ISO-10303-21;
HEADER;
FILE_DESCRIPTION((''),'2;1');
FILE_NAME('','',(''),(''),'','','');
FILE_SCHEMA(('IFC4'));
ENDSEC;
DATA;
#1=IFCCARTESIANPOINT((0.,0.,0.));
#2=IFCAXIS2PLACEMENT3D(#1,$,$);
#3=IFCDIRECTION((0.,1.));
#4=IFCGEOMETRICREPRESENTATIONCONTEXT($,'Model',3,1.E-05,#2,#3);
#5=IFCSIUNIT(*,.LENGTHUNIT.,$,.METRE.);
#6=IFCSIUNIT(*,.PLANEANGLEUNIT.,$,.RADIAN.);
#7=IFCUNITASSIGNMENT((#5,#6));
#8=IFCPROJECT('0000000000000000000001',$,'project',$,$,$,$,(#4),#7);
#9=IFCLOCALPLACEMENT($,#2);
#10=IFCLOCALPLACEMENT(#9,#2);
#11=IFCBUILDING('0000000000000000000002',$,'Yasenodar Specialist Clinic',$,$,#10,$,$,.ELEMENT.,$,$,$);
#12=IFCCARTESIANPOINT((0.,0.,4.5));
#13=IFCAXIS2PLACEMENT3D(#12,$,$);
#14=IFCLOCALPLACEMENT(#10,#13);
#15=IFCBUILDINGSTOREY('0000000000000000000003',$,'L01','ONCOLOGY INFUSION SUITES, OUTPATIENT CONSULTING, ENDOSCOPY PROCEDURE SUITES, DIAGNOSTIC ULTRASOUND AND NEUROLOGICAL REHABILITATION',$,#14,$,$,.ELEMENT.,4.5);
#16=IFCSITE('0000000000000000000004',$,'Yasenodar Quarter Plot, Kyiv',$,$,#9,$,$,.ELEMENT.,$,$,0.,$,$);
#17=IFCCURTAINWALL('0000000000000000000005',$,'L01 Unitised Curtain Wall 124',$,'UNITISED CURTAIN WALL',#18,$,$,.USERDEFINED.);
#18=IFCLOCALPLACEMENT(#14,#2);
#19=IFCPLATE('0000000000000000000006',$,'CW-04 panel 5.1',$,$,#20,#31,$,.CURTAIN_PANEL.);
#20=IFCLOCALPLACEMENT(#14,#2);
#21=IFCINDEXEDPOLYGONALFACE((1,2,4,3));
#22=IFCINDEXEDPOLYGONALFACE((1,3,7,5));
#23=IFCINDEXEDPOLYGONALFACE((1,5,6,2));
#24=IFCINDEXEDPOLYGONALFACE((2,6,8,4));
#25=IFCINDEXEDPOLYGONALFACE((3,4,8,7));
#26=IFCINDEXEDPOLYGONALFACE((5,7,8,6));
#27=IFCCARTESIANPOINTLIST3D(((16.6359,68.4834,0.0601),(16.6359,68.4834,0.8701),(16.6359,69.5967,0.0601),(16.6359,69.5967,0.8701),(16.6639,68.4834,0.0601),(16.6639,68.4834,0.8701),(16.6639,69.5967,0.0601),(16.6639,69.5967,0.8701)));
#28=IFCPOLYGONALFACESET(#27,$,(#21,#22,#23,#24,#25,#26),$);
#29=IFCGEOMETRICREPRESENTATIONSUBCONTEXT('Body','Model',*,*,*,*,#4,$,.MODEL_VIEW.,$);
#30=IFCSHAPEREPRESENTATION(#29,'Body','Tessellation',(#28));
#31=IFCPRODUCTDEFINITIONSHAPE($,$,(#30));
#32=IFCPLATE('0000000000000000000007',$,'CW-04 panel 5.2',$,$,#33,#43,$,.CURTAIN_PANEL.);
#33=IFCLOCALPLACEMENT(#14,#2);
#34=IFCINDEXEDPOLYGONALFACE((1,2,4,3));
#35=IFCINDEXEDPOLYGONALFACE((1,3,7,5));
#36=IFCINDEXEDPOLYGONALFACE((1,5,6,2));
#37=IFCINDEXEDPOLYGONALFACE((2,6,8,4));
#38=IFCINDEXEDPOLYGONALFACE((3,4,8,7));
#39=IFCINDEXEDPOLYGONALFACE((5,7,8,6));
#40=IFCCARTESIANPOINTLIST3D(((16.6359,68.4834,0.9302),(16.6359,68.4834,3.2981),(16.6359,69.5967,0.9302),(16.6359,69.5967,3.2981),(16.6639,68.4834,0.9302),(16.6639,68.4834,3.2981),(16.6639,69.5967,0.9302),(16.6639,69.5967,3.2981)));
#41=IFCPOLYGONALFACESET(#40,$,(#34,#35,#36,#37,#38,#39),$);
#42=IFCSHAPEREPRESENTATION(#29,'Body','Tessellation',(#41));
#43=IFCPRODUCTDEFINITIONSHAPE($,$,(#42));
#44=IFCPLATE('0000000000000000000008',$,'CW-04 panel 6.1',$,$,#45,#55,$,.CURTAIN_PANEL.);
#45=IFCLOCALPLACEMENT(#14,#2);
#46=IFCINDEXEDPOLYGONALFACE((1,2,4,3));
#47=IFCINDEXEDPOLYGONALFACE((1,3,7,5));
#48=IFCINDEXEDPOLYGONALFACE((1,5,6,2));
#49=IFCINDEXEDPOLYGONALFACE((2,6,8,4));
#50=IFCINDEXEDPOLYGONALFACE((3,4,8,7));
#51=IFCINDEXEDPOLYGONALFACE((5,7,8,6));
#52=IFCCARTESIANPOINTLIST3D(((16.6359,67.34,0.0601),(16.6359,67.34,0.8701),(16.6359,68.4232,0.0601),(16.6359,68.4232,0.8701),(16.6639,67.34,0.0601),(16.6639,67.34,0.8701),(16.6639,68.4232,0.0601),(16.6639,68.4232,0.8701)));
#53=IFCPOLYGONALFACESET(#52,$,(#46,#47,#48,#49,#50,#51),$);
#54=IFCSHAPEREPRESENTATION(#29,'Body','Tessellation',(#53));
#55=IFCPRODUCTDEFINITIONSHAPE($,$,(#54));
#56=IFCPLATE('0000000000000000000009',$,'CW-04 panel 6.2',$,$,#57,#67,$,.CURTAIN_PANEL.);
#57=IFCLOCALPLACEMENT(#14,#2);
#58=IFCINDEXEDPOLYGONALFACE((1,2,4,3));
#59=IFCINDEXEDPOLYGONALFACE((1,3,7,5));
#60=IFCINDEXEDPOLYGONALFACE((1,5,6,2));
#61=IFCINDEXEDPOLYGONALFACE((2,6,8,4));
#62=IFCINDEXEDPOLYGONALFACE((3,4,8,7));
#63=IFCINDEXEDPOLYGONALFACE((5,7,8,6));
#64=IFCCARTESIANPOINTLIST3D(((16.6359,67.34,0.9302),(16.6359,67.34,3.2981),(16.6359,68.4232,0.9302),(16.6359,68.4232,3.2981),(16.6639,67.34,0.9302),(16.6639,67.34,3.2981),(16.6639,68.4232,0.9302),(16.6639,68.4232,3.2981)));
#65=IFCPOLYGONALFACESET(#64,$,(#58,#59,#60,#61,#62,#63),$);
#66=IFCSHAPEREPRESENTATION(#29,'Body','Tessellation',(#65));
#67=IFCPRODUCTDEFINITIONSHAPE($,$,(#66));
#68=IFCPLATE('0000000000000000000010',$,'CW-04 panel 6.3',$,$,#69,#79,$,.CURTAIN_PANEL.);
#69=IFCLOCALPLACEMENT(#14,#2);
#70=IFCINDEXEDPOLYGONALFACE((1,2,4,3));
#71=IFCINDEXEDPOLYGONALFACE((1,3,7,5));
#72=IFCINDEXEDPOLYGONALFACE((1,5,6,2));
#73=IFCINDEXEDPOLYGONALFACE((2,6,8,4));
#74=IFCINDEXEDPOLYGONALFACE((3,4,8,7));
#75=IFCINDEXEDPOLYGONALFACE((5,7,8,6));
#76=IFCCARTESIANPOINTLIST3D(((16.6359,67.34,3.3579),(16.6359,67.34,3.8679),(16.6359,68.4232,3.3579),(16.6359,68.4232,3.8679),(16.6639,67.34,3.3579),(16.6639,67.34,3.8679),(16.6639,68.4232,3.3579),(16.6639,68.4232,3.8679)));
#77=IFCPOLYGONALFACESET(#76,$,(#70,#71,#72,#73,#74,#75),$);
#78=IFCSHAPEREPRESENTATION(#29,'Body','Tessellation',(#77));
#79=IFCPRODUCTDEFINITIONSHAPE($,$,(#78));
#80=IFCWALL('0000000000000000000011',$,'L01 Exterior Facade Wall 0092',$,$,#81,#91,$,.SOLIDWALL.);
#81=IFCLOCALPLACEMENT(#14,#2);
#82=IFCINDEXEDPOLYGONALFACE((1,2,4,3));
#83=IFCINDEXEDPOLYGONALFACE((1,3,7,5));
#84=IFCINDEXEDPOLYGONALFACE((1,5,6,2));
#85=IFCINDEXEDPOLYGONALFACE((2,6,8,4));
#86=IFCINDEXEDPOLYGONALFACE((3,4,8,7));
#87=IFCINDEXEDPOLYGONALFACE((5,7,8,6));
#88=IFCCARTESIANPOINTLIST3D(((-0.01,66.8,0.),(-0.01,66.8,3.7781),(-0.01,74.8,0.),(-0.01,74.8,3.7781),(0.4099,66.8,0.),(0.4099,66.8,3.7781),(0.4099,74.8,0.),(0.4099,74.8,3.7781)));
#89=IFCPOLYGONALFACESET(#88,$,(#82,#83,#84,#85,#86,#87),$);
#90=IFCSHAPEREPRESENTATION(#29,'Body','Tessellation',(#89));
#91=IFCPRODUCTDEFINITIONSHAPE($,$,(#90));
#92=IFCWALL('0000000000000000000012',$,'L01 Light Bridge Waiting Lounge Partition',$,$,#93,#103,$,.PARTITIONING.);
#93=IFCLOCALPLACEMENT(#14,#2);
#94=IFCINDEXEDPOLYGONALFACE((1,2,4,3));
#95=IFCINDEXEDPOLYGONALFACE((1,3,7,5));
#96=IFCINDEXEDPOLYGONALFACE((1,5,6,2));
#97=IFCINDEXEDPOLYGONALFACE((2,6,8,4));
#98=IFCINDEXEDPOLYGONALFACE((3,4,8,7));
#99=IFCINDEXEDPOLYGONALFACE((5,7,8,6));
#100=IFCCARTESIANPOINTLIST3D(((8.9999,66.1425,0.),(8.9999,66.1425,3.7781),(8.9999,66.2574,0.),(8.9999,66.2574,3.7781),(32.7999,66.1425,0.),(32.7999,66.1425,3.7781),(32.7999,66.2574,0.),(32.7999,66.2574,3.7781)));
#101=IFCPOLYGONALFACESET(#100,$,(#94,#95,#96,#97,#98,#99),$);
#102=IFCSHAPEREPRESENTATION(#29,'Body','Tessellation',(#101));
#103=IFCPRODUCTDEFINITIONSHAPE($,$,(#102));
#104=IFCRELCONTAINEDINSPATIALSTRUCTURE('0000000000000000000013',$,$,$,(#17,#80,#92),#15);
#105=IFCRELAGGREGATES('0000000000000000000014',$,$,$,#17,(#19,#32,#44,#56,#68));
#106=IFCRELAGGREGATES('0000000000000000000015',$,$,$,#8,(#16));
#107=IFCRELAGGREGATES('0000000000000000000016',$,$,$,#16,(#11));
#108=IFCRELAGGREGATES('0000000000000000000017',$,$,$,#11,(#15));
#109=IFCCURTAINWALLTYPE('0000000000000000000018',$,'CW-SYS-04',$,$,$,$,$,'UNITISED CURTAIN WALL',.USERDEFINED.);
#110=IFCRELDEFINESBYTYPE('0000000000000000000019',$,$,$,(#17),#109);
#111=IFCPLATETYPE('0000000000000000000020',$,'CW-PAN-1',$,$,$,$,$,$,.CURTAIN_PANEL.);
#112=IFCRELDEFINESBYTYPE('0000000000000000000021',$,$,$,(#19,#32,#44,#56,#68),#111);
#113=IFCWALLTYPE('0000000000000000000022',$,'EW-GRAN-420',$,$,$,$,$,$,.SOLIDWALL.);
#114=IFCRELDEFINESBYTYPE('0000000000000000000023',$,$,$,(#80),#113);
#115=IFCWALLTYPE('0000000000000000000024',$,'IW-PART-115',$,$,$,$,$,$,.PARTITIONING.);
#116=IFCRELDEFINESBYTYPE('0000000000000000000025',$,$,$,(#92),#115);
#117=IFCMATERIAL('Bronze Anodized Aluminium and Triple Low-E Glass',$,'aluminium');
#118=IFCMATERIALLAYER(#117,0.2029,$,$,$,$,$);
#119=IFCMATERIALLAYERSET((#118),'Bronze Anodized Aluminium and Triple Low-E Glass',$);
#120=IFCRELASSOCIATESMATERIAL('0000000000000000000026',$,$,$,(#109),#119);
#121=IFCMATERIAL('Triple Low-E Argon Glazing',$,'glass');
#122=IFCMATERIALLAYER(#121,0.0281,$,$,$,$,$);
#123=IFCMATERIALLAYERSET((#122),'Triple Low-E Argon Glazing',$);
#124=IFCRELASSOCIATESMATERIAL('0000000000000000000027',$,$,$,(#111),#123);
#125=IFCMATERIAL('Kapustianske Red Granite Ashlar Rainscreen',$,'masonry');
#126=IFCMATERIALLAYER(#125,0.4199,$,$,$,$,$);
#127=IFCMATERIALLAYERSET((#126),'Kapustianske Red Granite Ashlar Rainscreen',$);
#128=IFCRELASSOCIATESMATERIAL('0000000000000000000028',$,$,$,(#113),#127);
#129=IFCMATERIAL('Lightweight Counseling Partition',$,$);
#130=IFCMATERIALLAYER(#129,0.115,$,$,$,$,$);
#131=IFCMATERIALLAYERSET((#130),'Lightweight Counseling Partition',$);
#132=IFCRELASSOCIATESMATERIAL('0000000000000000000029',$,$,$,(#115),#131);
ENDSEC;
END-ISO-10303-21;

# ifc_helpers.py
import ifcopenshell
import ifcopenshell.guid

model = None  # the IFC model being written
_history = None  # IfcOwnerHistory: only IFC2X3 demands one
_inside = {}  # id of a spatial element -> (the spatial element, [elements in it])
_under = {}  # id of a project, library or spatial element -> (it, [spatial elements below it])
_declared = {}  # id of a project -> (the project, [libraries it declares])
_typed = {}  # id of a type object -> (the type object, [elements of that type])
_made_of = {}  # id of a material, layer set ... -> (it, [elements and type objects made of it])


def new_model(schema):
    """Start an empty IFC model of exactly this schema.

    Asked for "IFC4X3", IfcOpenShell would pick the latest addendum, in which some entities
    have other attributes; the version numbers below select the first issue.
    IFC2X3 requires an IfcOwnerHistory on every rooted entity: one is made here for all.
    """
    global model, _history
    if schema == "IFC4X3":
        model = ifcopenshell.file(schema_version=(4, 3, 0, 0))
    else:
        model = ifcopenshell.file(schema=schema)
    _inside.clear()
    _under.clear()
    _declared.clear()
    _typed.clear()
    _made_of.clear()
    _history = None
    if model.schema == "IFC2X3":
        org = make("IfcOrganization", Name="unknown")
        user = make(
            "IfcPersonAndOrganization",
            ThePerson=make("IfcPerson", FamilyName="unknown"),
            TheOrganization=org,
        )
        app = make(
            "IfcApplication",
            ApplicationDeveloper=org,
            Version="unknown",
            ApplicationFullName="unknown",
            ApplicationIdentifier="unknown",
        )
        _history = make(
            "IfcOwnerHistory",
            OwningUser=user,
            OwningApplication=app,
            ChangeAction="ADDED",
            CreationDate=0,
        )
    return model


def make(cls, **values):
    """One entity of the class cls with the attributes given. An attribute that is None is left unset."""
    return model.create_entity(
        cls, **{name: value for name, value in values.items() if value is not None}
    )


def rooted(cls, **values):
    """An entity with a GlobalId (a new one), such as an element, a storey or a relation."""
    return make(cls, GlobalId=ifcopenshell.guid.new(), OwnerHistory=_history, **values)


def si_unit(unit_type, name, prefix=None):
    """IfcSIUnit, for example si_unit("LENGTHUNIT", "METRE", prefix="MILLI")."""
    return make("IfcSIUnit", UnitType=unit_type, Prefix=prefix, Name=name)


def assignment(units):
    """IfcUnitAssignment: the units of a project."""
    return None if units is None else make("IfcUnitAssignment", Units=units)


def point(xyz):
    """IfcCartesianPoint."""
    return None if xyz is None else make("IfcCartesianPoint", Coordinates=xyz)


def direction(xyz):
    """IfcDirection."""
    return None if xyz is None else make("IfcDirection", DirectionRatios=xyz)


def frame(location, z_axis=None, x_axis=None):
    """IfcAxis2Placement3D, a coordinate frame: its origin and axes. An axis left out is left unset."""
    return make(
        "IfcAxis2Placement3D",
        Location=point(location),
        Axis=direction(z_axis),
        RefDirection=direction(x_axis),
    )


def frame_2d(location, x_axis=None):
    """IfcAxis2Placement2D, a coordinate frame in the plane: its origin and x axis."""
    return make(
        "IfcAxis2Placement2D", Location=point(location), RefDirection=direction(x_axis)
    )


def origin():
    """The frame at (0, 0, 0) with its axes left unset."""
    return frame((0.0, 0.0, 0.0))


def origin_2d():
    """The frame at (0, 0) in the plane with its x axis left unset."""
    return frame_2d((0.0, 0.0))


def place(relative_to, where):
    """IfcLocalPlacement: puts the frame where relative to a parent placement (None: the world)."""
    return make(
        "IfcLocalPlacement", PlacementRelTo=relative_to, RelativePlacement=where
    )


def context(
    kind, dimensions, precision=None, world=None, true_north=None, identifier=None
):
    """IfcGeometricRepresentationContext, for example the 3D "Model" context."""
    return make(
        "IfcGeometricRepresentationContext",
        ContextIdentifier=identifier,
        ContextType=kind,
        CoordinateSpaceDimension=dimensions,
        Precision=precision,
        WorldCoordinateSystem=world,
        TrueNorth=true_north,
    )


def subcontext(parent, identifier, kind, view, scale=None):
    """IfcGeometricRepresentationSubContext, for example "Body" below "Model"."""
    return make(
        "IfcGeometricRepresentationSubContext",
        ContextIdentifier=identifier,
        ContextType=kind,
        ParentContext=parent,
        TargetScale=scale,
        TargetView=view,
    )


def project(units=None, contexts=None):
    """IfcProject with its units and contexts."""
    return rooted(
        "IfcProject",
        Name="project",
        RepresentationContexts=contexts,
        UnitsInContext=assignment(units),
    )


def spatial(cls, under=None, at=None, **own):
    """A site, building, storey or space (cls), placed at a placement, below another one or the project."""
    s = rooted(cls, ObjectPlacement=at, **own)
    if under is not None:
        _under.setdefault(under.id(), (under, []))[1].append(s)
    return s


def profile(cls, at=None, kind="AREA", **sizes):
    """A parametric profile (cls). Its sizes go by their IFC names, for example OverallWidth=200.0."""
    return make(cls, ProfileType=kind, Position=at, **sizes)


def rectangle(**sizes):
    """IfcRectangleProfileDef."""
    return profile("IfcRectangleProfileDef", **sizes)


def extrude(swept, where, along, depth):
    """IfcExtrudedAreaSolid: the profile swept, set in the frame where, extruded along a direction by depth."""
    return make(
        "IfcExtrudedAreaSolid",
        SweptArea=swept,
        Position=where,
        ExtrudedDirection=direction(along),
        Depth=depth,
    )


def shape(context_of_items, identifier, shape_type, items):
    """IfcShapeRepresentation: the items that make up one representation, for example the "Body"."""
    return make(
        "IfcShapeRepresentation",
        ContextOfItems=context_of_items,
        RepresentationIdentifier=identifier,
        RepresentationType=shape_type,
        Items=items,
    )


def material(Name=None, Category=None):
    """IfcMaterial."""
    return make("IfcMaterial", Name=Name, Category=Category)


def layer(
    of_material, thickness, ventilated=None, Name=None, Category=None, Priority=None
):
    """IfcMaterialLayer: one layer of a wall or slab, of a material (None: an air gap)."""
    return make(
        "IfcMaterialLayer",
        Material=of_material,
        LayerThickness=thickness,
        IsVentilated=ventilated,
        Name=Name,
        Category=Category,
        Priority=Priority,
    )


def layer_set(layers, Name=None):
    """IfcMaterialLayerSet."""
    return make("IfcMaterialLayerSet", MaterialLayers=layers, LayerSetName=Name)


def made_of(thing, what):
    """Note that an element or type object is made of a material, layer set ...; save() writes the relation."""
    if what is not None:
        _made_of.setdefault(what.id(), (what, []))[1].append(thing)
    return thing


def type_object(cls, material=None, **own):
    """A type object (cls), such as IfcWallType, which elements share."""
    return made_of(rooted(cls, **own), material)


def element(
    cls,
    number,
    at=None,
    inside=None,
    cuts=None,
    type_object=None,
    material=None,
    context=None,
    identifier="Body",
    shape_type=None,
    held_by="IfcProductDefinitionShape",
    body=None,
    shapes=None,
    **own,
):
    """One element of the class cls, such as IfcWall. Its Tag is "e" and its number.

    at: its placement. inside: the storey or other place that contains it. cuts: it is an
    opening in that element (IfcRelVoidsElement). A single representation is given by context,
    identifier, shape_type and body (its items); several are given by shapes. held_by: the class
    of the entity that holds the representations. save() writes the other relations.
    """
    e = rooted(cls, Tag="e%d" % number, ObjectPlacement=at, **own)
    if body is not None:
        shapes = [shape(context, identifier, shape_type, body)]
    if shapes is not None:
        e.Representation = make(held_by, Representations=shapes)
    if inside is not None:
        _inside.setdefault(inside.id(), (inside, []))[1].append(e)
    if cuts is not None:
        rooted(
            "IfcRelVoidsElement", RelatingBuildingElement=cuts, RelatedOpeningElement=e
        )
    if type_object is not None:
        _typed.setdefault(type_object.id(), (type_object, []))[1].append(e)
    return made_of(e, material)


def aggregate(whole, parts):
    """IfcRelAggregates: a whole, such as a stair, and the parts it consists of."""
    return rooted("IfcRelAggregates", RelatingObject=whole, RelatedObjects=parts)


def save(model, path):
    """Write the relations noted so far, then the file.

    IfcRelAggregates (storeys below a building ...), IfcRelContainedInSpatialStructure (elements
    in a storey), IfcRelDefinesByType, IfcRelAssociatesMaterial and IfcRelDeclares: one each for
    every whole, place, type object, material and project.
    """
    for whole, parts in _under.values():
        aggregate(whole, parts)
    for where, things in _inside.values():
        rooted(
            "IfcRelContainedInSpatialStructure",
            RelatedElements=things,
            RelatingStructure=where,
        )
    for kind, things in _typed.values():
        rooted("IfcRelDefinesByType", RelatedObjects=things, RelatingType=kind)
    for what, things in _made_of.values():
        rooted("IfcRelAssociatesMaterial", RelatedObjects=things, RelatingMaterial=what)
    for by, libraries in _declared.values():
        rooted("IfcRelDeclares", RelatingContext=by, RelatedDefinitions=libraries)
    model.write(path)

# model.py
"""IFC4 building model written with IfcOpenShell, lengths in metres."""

from ifc_helpers import new_model, si_unit, direction, frame, frame_2d, origin, origin_2d, place, context, subcontext, project, spatial, rectangle, extrude, material, layer, layer_set, type_object, element, aggregate, save


model = new_model("IFC4")

# Units and contexts
model_context = context("Model", 3, precision=1e-05, world=origin(), true_north=direction((0.0, 1.0)))
body_context = subcontext(model_context, "Body", "Model", "MODEL_VIEW")
ifc_project = project(units=[si_unit("LENGTHUNIT", "METRE"), si_unit("PLANEANGLEUNIT", "RADIAN")], contexts=[model_context])

# Site, building, storey
site_placement = place(None, origin())
site = spatial("IfcSite", under=ifc_project, at=site_placement, Name="Yasenodar Quarter Plot, Kyiv", CompositionType="ELEMENT", RefElevation=0.0)
building_placement = place(site_placement, origin())
building = spatial("IfcBuilding", under=site, at=building_placement, Name="Yasenodar Specialist Clinic", CompositionType="ELEMENT")
storey_placement = place(building_placement, frame((0.0, 0.0, 4.5)))
storey = spatial("IfcBuildingStorey", under=building, at=storey_placement, Name="L01", Description="ONCOLOGY INFUSION SUITES, OUTPATIENT CONSULTING, ENDOSCOPY PROCEDURE SUITES, DIAGNOSTIC ULTRASOUND AND NEUROLOGICAL REHABILITATION", CompositionType="ELEMENT", Elevation=4.5)

# Curtain wall
ifc_material_1 = material(Name="Bronze Anodized Aluminium and Triple Low-E Glass", Category="aluminium")
ifc_layer_1 = layer(ifc_material_1, 0.2029)
ifc_layer_set_1 = layer_set([ifc_layer_1], Name="Bronze Anodized Aluminium and Triple Low-E Glass")
curtain_wall_type_1 = type_object("IfcCurtainWallType", Name="CW-SYS-04", ElementType="UNITISED CURTAIN WALL", PredefinedType="USERDEFINED", material=ifc_layer_set_1)
curtain_wall_1_placement = place(storey_placement, origin())
curtain_wall_1 = element("IfcCurtainWall", 1, at=curtain_wall_1_placement, inside=storey, type_object=curtain_wall_type_1, Name="L01 Unitised Curtain Wall 124", ObjectType="UNITISED CURTAIN WALL", PredefinedType="USERDEFINED")

# Plates
ifc_material_2 = material(Name="Triple Low-E Argon Glazing", Category="glass")
ifc_layer_2 = layer(ifc_material_2, 0.0281)
ifc_layer_set_2 = layer_set([ifc_layer_2], Name="Triple Low-E Argon Glazing")
plate_type = type_object("IfcPlateType", Name="CW-PAN-1", PredefinedType="CURTAIN_PANEL", material=ifc_layer_set_2)
plate_1_placement = place(storey_placement, frame((16.6499, 69.04, 0.0601), z_axis=(0.0, 0.0, 1.0), x_axis=(0.0, -1.0, 0.0)))
plate_1 = element("IfcPlate", 2, at=plate_1_placement, type_object=plate_type, Name="CW-04 panel 5.1", PredefinedType="CURTAIN_PANEL", context=body_context, shape_type="SweptSolid", body=[
    extrude(rectangle(XDim=1.1133, YDim=0.0281, at=origin_2d()), origin(), (0.0, 0.0, 1.0), 0.8101),
])
plate_2_placement = place(storey_placement, frame((16.6499, 69.04, 0.9302), z_axis=(0.0, 0.0, 1.0), x_axis=(0.0, -1.0, 0.0)))
plate_2 = element("IfcPlate", 3, at=plate_2_placement, type_object=plate_type, Name="CW-04 panel 5.2", PredefinedType="CURTAIN_PANEL", context=body_context, shape_type="SweptSolid", body=[
    extrude(rectangle(XDim=1.1133, YDim=0.0281, at=origin_2d()), origin(), (0.0, 0.0, 1.0), 2.3679),
])
plate_3_placement = place(storey_placement, frame((16.6499, 67.8816, 0.0601), z_axis=(0.0, 0.0, 1.0), x_axis=(0.0, -1.0, 0.0)))
plate_3 = element("IfcPlate", 4, at=plate_3_placement, type_object=plate_type, Name="CW-04 panel 6.1", PredefinedType="CURTAIN_PANEL", context=body_context, shape_type="SweptSolid", body=[
    extrude(rectangle(XDim=1.0833, YDim=0.0281, at=origin_2d()), origin(), (0.0, 0.0, 1.0), 0.8101),
])
plate_4_placement = place(storey_placement, frame((16.6499, 67.8816, 0.9302), z_axis=(0.0, 0.0, 1.0), x_axis=(0.0, -1.0, 0.0)))
plate_4 = element("IfcPlate", 5, at=plate_4_placement, type_object=plate_type, Name="CW-04 panel 6.2", PredefinedType="CURTAIN_PANEL", context=body_context, shape_type="SweptSolid", body=[
    extrude(rectangle(XDim=1.0833, YDim=0.0281, at=origin_2d()), origin(), (0.0, 0.0, 1.0), 2.3679),
])
plate_5_placement = place(storey_placement, frame((16.6499, 67.8816, 3.3579), z_axis=(0.0, 0.0, 1.0), x_axis=(0.0, -1.0, 0.0)))
plate_5 = element("IfcPlate", 6, at=plate_5_placement, type_object=plate_type, Name="CW-04 panel 6.3", PredefinedType="CURTAIN_PANEL", context=body_context, shape_type="SweptSolid", body=[
    extrude(rectangle(XDim=1.0833, YDim=0.0281, at=origin_2d()), origin(), (0.0, 0.0, 1.0), 0.51),
])
aggregate(curtain_wall_1, [plate_1, plate_2, plate_3, plate_4, plate_5])

# Walls
ifc_material_3 = material(Name="Kapustianske Red Granite Ashlar Rainscreen", Category="masonry")
ifc_layer_3 = layer(ifc_material_3, 0.4199)
ifc_layer_set_3 = layer_set([ifc_layer_3], Name="Kapustianske Red Granite Ashlar Rainscreen")
wall_type_1 = type_object("IfcWallType", Name="EW-GRAN-420", PredefinedType="SOLIDWALL", material=ifc_layer_set_3)
wall_1_placement = place(storey_placement, frame((0.2, 66.8, 0.0), z_axis=(0.0, 0.0, 1.0), x_axis=(0.0, 1.0, 0.0)))
element("IfcWall", 7, at=wall_1_placement, inside=storey, type_object=wall_type_1, Name="L01 Exterior Facade Wall 0092", PredefinedType="SOLIDWALL", context=body_context, shape_type="SweptSolid", body=[
    extrude(rectangle(XDim=8.0, YDim=0.4199, at=frame_2d((4.0, 0.0))), origin(), (0.0, 0.0, 1.0), 3.7781),
])
ifc_material_4 = material(Name="Lightweight Counseling Partition")
ifc_layer_4 = layer(ifc_material_4, 0.115)
ifc_layer_set_4 = layer_set([ifc_layer_4], Name="Lightweight Counseling Partition")
wall_type_2 = type_object("IfcWallType", Name="IW-PART-115", PredefinedType="PARTITIONING", material=ifc_layer_set_4)
wall_2_placement = place(storey_placement, frame((9.0, 66.2, 0.0), z_axis=(0.0, 0.0, 1.0), x_axis=(1.0, 0.0, 0.0)))
element("IfcWall", 8, at=wall_2_placement, inside=storey, type_object=wall_type_2, Name="L01 Light Bridge Waiting Lounge Partition", PredefinedType="PARTITIONING", context=body_context, shape_type="SweptSolid", body=[
    extrude(rectangle(XDim=23.8, YDim=0.115, at=frame_2d((11.8999, 0.0))), origin(), (0.0, 0.0, 1.0), 3.7781),
])

save(model, "model.ifc")
